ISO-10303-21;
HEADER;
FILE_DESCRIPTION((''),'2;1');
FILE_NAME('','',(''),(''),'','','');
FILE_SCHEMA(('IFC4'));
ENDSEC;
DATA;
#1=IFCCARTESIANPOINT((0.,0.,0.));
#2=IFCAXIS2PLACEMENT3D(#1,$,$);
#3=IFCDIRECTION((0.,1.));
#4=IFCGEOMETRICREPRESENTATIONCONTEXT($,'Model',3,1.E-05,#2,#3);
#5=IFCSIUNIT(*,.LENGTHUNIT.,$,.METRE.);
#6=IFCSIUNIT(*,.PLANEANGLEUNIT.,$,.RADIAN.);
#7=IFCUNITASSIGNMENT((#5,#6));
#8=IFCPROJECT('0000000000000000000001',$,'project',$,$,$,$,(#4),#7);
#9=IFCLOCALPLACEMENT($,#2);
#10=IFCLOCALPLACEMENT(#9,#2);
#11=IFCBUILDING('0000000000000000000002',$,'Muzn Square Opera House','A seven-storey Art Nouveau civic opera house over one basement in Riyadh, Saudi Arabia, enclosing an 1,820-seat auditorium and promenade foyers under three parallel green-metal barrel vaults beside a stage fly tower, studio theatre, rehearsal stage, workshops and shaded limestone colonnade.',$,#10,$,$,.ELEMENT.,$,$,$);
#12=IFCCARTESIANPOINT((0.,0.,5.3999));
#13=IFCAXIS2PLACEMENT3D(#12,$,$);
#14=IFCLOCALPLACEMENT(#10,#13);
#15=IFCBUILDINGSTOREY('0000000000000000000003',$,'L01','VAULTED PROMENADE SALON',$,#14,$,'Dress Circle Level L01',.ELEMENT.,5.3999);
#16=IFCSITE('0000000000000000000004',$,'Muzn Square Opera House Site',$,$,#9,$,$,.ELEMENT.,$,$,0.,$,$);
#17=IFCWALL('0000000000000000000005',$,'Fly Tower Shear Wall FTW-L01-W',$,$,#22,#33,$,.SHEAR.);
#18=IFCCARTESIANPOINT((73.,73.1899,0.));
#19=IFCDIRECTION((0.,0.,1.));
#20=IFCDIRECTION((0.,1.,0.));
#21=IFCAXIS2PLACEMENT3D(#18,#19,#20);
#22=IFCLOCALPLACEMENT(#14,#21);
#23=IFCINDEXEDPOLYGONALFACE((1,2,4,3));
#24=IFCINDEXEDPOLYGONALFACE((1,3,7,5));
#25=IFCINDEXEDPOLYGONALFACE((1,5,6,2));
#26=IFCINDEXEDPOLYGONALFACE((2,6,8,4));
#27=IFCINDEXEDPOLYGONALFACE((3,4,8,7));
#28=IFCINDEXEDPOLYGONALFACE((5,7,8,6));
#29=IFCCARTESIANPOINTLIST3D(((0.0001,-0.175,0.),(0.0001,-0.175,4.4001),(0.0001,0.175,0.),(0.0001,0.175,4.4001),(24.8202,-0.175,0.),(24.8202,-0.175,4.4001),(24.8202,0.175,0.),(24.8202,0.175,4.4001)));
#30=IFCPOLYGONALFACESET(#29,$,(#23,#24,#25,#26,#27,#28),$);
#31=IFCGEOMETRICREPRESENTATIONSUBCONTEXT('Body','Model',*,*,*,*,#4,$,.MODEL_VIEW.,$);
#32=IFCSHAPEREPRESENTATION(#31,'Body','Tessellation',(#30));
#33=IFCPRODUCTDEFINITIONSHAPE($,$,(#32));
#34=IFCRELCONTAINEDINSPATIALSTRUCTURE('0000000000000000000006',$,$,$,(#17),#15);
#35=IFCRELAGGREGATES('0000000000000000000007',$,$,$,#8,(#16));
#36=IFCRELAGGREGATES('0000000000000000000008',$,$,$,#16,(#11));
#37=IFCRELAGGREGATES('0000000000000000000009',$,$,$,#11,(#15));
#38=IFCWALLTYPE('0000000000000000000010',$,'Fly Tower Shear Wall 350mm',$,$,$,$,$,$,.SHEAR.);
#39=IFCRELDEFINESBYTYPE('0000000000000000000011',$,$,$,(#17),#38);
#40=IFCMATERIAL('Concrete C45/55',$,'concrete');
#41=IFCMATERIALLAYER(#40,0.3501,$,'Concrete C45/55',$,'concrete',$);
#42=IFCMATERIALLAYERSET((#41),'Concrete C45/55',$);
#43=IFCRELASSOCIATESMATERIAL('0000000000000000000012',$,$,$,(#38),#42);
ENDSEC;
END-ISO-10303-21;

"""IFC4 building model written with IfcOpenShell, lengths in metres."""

from ifc_helpers import new_model, si_unit, direction, frame, frame_2d, origin, place, context, subcontext, project, spatial, rectangle, extrude, material, layer, layer_set, type_object, element, save


model = new_model("IFC4")

# Units and contexts
model_context = context("Model", 3, precision=1e-05, world=origin(), true_north=direction((0.0, 1.0)))
body_context = subcontext(model_context, "Body", "Model", "MODEL_VIEW")
ifc_project = project(units=[si_unit("LENGTHUNIT", "METRE"), si_unit("PLANEANGLEUNIT", "RADIAN")], contexts=[model_context])

# Site, building, storey
site_placement = place(None, origin())
site = spatial("IfcSite", under=ifc_project, at=site_placement, Name="Muzn Square Opera House Site", CompositionType="ELEMENT", RefElevation=0.0)
building_placement = place(site_placement, origin())
building = spatial("IfcBuilding", under=site, at=building_placement, Name="Muzn Square Opera House", Description="A seven-storey Art Nouveau civic opera house over one basement in Riyadh, Saudi Arabia, enclosing an 1,820-seat auditorium and promenade foyers under three parallel green-metal barrel vaults beside a stage fly tower, studio theatre, rehearsal stage, workshops and shaded limestone colonnade.", CompositionType="ELEMENT")
storey_placement = place(building_placement, frame((0.0, 0.0, 5.3999)))
storey = spatial("IfcBuildingStorey", under=building, at=storey_placement, Name="L01", Description="VAULTED PROMENADE SALON", LongName="Dress Circle Level L01", CompositionType="ELEMENT", Elevation=5.3999)

# Shared definitions
ifc_material_1 = material(Name="Concrete C45/55", Category="concrete")

# Wall
ifc_layer_1 = layer(ifc_material_1, 0.3501, Name="Concrete C45/55", Category="concrete")
ifc_layer_set_1 = layer_set([ifc_layer_1], Name="Concrete C45/55")
wall_type_1 = type_object("IfcWallType", Name="Fly Tower Shear Wall 350mm", PredefinedType="SHEAR", material=ifc_layer_set_1)
wall_1_placement = place(storey_placement, frame((73.0, 73.1899, 0.0), z_axis=(0.0, 0.0, 1.0), x_axis=(0.0, 1.0, 0.0)))
element("IfcWall", 1, at=wall_1_placement, inside=storey, type_object=wall_type_1, Name="Fly Tower Shear Wall FTW-L01-W", PredefinedType="SHEAR", context=body_context, shape_type="SweptSolid", body=[
    extrude(rectangle(XDim=24.8201, YDim=0.3501, at=frame_2d((12.4102, 0.0))), origin(), (0.0, 0.0, 1.0), 4.4001),
])

save(model, "model.ifc")
